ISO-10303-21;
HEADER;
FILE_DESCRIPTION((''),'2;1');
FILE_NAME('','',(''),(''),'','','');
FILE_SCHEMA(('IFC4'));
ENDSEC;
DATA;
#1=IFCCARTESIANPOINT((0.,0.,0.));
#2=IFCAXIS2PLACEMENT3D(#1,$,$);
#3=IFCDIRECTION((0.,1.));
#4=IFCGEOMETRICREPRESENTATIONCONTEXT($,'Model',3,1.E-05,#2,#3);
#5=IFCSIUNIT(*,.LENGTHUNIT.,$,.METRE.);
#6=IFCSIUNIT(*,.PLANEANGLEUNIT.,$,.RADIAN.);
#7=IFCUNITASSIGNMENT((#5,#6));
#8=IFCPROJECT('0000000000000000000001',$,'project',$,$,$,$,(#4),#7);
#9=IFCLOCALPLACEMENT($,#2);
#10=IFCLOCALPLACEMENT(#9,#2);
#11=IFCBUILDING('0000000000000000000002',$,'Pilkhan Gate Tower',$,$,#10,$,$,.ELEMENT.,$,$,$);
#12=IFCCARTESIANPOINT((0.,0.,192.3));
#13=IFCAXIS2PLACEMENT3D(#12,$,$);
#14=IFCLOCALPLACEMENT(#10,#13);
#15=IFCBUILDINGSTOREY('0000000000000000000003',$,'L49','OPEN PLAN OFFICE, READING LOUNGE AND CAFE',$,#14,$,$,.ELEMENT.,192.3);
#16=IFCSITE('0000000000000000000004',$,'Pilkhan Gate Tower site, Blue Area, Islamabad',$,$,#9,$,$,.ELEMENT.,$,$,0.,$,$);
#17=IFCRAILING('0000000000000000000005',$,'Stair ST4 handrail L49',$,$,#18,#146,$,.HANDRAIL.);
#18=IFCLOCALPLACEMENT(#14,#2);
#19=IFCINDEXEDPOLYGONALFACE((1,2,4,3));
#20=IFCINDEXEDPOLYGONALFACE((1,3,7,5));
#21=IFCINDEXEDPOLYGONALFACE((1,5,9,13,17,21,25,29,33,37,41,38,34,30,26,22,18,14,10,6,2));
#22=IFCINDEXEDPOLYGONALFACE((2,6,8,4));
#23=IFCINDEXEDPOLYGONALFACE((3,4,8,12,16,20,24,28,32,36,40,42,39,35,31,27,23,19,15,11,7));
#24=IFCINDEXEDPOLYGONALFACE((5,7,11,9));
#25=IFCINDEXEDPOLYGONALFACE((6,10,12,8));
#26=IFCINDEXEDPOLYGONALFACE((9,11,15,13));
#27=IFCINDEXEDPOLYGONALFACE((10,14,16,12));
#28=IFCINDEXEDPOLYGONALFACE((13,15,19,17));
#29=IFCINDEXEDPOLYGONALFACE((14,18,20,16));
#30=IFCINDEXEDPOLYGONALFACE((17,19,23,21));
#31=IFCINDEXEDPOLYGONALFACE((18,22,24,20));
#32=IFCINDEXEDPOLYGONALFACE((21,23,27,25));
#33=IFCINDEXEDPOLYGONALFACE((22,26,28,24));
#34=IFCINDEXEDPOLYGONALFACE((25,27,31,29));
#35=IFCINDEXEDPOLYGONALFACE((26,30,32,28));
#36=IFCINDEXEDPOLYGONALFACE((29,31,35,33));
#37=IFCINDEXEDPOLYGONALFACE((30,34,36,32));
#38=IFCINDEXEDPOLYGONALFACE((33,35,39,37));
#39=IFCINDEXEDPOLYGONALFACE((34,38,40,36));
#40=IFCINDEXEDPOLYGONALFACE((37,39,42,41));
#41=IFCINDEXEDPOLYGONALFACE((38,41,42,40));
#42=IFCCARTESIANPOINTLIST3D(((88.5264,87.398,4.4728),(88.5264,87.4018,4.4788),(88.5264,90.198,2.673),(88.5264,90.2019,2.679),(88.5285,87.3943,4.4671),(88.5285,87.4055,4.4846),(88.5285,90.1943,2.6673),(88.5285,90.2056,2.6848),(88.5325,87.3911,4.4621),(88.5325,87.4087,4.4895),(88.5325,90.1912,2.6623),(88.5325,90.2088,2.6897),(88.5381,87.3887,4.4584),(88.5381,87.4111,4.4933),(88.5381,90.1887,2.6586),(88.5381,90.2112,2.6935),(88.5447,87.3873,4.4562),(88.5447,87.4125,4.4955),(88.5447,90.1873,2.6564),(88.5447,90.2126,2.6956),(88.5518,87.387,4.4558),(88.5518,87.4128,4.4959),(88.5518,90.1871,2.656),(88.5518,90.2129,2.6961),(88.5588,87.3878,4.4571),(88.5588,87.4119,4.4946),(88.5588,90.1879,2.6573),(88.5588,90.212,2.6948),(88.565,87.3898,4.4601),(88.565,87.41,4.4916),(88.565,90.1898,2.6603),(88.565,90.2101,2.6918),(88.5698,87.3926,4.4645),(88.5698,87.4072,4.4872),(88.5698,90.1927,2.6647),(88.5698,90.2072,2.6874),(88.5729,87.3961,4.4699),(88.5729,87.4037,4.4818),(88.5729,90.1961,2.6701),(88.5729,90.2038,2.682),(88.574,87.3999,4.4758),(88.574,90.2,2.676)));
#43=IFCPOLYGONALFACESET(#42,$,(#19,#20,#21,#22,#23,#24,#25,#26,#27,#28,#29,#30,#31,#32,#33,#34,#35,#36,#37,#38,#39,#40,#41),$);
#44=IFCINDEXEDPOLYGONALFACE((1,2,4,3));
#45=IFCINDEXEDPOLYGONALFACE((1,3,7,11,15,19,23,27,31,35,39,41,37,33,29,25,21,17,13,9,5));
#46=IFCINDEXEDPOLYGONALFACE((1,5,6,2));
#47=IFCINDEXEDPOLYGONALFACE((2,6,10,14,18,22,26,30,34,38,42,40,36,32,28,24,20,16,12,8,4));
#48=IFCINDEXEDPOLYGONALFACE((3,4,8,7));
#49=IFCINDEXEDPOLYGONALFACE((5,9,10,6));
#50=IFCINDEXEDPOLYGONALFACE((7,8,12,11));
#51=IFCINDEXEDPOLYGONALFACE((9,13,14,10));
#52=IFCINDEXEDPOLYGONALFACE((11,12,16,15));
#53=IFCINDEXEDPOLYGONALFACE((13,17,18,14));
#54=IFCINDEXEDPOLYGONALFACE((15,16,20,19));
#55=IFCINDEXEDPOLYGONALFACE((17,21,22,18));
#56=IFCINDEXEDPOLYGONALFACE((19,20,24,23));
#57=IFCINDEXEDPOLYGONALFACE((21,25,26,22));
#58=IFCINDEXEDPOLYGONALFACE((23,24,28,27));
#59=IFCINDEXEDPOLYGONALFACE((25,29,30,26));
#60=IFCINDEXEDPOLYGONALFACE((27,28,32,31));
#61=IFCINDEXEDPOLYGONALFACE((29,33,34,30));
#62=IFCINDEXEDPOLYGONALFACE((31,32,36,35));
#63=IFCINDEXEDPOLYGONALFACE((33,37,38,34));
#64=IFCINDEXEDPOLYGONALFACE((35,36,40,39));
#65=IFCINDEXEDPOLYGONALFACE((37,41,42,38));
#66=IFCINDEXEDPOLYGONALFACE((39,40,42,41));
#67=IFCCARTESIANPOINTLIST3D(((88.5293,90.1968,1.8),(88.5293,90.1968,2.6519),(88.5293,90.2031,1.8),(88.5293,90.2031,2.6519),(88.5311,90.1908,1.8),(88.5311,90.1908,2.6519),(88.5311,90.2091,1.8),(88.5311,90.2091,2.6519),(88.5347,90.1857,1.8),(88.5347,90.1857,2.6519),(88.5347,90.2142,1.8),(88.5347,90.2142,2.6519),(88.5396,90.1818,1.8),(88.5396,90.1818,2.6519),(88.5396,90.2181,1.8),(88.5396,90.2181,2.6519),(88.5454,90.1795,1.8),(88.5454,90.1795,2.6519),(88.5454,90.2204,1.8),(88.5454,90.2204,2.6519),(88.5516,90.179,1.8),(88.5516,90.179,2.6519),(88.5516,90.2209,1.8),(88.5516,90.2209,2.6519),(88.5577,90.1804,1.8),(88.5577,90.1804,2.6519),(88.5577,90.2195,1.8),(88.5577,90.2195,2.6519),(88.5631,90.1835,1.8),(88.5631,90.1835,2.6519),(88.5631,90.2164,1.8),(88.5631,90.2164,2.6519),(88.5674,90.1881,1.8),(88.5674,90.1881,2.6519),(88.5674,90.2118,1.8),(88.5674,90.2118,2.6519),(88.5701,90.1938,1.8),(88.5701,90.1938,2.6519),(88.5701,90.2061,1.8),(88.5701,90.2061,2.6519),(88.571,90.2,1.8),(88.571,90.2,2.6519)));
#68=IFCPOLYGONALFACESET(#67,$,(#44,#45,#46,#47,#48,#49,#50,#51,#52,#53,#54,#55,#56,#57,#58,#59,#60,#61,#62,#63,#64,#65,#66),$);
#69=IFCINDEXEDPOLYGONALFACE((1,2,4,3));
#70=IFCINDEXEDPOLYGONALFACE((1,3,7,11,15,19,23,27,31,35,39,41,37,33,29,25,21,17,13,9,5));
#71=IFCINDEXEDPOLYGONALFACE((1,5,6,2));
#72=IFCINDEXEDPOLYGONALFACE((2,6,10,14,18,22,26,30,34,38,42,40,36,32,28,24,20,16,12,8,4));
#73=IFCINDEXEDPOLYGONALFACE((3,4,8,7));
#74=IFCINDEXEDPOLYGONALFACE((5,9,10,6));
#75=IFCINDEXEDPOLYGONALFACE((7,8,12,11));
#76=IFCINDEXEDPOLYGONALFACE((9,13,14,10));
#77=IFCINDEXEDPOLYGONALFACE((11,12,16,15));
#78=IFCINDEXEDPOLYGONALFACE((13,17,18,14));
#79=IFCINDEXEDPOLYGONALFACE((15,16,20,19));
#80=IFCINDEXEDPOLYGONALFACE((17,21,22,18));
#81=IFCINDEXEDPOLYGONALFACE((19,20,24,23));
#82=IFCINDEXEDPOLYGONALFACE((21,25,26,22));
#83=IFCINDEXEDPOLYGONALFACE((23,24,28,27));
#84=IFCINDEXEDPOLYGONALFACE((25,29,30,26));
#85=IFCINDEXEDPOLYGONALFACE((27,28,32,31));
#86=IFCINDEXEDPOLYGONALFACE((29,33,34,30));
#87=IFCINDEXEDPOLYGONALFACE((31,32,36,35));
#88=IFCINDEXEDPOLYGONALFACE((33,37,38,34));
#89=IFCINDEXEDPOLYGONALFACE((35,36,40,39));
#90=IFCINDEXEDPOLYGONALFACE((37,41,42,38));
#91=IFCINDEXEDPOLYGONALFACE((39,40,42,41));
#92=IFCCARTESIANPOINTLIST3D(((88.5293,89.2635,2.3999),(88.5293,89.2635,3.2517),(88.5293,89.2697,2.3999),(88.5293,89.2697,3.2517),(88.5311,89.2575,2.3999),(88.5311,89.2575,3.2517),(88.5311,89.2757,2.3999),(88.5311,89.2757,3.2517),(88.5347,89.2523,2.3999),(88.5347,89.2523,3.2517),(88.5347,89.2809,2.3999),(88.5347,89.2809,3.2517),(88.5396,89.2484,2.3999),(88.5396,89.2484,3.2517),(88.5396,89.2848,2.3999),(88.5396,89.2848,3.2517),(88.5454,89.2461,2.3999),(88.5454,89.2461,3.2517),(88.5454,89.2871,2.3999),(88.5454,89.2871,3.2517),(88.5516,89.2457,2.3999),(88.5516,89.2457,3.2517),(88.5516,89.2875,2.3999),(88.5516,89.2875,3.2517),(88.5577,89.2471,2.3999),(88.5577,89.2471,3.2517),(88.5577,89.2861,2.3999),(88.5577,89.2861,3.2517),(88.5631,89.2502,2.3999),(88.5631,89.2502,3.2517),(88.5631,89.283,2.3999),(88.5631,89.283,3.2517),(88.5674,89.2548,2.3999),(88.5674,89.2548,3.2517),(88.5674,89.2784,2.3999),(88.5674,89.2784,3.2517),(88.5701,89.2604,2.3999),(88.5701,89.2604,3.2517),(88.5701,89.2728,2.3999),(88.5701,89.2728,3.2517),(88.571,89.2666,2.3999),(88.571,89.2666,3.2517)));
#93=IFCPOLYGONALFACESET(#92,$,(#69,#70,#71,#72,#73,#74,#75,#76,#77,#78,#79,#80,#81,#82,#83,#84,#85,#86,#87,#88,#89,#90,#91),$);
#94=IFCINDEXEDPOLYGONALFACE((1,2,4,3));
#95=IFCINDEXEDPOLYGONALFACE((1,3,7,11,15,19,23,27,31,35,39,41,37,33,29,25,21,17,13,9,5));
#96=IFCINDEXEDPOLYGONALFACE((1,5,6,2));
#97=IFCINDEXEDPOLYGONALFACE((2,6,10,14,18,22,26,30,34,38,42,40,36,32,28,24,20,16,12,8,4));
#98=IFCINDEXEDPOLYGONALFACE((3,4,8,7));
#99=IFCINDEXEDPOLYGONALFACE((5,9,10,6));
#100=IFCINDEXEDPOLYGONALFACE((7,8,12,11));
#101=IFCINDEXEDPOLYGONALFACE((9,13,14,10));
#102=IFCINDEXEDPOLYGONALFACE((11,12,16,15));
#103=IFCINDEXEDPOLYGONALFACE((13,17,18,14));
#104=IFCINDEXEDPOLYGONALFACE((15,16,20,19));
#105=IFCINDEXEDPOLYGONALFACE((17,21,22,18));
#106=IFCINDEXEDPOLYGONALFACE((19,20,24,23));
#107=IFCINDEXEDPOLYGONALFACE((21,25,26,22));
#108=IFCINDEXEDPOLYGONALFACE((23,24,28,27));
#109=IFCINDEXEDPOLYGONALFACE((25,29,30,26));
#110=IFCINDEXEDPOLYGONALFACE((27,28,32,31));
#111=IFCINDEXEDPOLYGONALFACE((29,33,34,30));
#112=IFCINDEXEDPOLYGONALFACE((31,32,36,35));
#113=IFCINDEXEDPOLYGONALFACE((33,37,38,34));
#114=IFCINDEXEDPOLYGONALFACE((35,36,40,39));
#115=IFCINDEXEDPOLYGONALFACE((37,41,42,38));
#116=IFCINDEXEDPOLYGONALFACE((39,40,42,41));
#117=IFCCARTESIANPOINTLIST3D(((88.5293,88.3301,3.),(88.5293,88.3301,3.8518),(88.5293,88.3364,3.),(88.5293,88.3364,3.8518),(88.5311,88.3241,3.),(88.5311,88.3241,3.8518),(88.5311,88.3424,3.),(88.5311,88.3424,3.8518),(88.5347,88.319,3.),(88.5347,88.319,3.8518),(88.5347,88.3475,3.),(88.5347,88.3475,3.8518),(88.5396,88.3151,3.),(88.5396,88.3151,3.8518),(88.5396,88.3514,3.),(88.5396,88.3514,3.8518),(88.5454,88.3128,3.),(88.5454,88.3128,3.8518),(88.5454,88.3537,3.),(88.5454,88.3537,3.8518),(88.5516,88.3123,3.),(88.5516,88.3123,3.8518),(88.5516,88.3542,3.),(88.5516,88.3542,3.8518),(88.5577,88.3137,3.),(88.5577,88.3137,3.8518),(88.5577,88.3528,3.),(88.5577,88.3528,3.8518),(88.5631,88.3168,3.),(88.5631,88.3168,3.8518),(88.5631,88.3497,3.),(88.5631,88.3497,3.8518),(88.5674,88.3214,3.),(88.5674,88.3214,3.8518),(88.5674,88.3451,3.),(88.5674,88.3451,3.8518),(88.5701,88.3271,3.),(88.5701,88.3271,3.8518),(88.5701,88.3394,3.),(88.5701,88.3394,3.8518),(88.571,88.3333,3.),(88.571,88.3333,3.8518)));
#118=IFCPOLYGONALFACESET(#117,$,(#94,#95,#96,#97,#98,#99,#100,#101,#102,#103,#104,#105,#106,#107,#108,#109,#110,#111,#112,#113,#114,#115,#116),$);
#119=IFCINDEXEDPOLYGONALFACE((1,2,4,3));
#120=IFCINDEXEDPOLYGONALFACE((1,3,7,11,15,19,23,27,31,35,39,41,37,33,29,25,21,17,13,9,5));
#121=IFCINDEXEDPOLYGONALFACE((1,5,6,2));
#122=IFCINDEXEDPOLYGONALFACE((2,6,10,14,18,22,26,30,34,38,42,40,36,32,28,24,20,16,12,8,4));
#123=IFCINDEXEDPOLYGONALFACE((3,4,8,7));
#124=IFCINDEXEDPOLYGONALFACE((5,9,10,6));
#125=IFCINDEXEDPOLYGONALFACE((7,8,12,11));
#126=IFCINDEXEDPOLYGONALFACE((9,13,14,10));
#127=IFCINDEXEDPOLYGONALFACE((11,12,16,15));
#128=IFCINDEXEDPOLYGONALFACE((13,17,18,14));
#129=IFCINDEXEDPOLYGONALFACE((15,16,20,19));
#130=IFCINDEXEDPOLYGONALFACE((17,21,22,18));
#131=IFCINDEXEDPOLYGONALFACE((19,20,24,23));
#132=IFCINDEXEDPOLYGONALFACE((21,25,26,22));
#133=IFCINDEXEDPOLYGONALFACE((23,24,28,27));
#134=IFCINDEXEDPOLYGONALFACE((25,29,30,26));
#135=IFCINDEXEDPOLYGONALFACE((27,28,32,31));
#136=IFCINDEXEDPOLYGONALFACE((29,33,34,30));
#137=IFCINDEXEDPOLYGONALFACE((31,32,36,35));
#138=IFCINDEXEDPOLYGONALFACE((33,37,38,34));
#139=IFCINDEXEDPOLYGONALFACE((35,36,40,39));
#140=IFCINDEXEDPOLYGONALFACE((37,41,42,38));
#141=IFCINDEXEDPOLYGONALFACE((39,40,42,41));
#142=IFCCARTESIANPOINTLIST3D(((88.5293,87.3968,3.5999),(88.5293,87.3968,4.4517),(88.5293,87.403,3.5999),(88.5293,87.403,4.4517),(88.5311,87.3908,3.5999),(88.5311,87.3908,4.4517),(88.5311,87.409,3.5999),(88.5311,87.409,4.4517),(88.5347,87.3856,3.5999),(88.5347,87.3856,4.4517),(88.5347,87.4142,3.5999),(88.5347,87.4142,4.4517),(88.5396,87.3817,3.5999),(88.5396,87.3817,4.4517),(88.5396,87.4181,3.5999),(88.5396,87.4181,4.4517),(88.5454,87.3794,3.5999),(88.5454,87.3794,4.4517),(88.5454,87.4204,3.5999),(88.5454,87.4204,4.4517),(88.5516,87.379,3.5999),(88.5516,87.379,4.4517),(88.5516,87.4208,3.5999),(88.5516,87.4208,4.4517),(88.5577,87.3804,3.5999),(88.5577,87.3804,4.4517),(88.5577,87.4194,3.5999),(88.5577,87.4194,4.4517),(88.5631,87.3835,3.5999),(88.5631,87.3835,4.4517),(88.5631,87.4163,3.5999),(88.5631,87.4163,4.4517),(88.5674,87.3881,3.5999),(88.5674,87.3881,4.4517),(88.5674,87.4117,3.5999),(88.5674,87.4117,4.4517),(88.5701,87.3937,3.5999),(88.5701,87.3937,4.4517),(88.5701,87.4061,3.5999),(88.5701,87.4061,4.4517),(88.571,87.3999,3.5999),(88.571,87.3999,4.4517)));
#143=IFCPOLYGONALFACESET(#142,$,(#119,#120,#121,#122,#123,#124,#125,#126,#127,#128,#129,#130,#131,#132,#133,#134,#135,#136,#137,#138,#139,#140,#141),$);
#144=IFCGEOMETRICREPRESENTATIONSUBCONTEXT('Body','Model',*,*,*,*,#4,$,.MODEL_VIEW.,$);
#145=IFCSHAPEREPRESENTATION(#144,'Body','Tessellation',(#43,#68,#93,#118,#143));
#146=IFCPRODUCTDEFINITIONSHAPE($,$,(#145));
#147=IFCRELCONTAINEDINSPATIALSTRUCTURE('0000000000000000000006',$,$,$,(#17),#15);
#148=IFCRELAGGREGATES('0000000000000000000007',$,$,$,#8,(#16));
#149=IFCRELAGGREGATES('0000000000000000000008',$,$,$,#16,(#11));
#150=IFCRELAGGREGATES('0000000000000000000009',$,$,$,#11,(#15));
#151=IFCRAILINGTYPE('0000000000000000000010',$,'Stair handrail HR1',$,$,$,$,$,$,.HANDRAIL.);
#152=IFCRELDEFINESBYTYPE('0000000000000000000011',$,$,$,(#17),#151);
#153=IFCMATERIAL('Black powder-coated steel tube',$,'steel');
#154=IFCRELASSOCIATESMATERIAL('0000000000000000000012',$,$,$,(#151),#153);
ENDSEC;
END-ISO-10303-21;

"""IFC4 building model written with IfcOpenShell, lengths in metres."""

from ifc_helpers import new_model, si_unit, direction, frame, origin, origin_2d, place, context, subcontext, project, spatial, circle, extrude, material, type_object, element, save


model = new_model("IFC4")

# Units and contexts
model_context = context("Model", 3, precision=1e-05, world=origin(), true_north=direction((0.0, 1.0)))
body_context = subcontext(model_context, "Body", "Model", "MODEL_VIEW")
ifc_project = project(units=[si_unit("LENGTHUNIT", "METRE"), si_unit("PLANEANGLEUNIT", "RADIAN")], contexts=[model_context])

# Site, building, storey
site_placement = place(None, origin())
site = spatial("IfcSite", under=ifc_project, at=site_placement, Name="Pilkhan Gate Tower site, Blue Area, Islamabad", CompositionType="ELEMENT", RefElevation=0.0)
building_placement = place(site_placement, origin())
building = spatial("IfcBuilding", under=site, at=building_placement, Name="Pilkhan Gate Tower", CompositionType="ELEMENT")
storey_placement = place(building_placement, frame((0.0, 0.0, 192.3)))
storey = spatial("IfcBuildingStorey", under=building, at=storey_placement, Name="L49", Description="OPEN PLAN OFFICE, READING LOUNGE AND CAFE", CompositionType="ELEMENT", Elevation=192.3)

# Railing
ifc_material_1 = material(Name="Black powder-coated steel tube", Category="steel")
railing_type_1 = type_object("IfcRailingType", Name="Stair handrail HR1", PredefinedType="HANDRAIL", material=ifc_material_1)
for number, where, name in (
    (1, (88.55, 90.2, 1.8), "Stair ST4 handrail L49"),
):
    element("IfcRailing", number, at=place(storey_placement, frame(where)), inside=storey, type_object=railing_type_1, Name=name, PredefinedType="HANDRAIL", context=body_context, shape_type="SweptSolid", body=[
        extrude(circle(Radius=0.0239, at=origin_2d()), frame((0.0, 0.0, 0.876), z_axis=(0.0, -0.841209, 0.540709), x_axis=(1.0, 0.0, 0.0)), (0.0, 0.0, 1.0), 3.3286),
        extrude(circle(Radius=0.021, at=origin_2d()), origin(), (0.0, 0.0, 1.0), 0.8518),
        extrude(circle(Radius=0.021, at=origin_2d()), frame((0.0, -0.9333, 0.5999)), (0.0, 0.0, 1.0), 0.8518),
        extrude(circle(Radius=0.021, at=origin_2d()), frame((0.0, -1.8667, 1.2)), (0.0, 0.0, 1.0), 0.8518),
        extrude(circle(Radius=0.021, at=origin_2d()), frame((0.0, -2.8, 1.7998)), (0.0, 0.0, 1.0), 0.8518),
    ])

save(model, "model.ifc")
